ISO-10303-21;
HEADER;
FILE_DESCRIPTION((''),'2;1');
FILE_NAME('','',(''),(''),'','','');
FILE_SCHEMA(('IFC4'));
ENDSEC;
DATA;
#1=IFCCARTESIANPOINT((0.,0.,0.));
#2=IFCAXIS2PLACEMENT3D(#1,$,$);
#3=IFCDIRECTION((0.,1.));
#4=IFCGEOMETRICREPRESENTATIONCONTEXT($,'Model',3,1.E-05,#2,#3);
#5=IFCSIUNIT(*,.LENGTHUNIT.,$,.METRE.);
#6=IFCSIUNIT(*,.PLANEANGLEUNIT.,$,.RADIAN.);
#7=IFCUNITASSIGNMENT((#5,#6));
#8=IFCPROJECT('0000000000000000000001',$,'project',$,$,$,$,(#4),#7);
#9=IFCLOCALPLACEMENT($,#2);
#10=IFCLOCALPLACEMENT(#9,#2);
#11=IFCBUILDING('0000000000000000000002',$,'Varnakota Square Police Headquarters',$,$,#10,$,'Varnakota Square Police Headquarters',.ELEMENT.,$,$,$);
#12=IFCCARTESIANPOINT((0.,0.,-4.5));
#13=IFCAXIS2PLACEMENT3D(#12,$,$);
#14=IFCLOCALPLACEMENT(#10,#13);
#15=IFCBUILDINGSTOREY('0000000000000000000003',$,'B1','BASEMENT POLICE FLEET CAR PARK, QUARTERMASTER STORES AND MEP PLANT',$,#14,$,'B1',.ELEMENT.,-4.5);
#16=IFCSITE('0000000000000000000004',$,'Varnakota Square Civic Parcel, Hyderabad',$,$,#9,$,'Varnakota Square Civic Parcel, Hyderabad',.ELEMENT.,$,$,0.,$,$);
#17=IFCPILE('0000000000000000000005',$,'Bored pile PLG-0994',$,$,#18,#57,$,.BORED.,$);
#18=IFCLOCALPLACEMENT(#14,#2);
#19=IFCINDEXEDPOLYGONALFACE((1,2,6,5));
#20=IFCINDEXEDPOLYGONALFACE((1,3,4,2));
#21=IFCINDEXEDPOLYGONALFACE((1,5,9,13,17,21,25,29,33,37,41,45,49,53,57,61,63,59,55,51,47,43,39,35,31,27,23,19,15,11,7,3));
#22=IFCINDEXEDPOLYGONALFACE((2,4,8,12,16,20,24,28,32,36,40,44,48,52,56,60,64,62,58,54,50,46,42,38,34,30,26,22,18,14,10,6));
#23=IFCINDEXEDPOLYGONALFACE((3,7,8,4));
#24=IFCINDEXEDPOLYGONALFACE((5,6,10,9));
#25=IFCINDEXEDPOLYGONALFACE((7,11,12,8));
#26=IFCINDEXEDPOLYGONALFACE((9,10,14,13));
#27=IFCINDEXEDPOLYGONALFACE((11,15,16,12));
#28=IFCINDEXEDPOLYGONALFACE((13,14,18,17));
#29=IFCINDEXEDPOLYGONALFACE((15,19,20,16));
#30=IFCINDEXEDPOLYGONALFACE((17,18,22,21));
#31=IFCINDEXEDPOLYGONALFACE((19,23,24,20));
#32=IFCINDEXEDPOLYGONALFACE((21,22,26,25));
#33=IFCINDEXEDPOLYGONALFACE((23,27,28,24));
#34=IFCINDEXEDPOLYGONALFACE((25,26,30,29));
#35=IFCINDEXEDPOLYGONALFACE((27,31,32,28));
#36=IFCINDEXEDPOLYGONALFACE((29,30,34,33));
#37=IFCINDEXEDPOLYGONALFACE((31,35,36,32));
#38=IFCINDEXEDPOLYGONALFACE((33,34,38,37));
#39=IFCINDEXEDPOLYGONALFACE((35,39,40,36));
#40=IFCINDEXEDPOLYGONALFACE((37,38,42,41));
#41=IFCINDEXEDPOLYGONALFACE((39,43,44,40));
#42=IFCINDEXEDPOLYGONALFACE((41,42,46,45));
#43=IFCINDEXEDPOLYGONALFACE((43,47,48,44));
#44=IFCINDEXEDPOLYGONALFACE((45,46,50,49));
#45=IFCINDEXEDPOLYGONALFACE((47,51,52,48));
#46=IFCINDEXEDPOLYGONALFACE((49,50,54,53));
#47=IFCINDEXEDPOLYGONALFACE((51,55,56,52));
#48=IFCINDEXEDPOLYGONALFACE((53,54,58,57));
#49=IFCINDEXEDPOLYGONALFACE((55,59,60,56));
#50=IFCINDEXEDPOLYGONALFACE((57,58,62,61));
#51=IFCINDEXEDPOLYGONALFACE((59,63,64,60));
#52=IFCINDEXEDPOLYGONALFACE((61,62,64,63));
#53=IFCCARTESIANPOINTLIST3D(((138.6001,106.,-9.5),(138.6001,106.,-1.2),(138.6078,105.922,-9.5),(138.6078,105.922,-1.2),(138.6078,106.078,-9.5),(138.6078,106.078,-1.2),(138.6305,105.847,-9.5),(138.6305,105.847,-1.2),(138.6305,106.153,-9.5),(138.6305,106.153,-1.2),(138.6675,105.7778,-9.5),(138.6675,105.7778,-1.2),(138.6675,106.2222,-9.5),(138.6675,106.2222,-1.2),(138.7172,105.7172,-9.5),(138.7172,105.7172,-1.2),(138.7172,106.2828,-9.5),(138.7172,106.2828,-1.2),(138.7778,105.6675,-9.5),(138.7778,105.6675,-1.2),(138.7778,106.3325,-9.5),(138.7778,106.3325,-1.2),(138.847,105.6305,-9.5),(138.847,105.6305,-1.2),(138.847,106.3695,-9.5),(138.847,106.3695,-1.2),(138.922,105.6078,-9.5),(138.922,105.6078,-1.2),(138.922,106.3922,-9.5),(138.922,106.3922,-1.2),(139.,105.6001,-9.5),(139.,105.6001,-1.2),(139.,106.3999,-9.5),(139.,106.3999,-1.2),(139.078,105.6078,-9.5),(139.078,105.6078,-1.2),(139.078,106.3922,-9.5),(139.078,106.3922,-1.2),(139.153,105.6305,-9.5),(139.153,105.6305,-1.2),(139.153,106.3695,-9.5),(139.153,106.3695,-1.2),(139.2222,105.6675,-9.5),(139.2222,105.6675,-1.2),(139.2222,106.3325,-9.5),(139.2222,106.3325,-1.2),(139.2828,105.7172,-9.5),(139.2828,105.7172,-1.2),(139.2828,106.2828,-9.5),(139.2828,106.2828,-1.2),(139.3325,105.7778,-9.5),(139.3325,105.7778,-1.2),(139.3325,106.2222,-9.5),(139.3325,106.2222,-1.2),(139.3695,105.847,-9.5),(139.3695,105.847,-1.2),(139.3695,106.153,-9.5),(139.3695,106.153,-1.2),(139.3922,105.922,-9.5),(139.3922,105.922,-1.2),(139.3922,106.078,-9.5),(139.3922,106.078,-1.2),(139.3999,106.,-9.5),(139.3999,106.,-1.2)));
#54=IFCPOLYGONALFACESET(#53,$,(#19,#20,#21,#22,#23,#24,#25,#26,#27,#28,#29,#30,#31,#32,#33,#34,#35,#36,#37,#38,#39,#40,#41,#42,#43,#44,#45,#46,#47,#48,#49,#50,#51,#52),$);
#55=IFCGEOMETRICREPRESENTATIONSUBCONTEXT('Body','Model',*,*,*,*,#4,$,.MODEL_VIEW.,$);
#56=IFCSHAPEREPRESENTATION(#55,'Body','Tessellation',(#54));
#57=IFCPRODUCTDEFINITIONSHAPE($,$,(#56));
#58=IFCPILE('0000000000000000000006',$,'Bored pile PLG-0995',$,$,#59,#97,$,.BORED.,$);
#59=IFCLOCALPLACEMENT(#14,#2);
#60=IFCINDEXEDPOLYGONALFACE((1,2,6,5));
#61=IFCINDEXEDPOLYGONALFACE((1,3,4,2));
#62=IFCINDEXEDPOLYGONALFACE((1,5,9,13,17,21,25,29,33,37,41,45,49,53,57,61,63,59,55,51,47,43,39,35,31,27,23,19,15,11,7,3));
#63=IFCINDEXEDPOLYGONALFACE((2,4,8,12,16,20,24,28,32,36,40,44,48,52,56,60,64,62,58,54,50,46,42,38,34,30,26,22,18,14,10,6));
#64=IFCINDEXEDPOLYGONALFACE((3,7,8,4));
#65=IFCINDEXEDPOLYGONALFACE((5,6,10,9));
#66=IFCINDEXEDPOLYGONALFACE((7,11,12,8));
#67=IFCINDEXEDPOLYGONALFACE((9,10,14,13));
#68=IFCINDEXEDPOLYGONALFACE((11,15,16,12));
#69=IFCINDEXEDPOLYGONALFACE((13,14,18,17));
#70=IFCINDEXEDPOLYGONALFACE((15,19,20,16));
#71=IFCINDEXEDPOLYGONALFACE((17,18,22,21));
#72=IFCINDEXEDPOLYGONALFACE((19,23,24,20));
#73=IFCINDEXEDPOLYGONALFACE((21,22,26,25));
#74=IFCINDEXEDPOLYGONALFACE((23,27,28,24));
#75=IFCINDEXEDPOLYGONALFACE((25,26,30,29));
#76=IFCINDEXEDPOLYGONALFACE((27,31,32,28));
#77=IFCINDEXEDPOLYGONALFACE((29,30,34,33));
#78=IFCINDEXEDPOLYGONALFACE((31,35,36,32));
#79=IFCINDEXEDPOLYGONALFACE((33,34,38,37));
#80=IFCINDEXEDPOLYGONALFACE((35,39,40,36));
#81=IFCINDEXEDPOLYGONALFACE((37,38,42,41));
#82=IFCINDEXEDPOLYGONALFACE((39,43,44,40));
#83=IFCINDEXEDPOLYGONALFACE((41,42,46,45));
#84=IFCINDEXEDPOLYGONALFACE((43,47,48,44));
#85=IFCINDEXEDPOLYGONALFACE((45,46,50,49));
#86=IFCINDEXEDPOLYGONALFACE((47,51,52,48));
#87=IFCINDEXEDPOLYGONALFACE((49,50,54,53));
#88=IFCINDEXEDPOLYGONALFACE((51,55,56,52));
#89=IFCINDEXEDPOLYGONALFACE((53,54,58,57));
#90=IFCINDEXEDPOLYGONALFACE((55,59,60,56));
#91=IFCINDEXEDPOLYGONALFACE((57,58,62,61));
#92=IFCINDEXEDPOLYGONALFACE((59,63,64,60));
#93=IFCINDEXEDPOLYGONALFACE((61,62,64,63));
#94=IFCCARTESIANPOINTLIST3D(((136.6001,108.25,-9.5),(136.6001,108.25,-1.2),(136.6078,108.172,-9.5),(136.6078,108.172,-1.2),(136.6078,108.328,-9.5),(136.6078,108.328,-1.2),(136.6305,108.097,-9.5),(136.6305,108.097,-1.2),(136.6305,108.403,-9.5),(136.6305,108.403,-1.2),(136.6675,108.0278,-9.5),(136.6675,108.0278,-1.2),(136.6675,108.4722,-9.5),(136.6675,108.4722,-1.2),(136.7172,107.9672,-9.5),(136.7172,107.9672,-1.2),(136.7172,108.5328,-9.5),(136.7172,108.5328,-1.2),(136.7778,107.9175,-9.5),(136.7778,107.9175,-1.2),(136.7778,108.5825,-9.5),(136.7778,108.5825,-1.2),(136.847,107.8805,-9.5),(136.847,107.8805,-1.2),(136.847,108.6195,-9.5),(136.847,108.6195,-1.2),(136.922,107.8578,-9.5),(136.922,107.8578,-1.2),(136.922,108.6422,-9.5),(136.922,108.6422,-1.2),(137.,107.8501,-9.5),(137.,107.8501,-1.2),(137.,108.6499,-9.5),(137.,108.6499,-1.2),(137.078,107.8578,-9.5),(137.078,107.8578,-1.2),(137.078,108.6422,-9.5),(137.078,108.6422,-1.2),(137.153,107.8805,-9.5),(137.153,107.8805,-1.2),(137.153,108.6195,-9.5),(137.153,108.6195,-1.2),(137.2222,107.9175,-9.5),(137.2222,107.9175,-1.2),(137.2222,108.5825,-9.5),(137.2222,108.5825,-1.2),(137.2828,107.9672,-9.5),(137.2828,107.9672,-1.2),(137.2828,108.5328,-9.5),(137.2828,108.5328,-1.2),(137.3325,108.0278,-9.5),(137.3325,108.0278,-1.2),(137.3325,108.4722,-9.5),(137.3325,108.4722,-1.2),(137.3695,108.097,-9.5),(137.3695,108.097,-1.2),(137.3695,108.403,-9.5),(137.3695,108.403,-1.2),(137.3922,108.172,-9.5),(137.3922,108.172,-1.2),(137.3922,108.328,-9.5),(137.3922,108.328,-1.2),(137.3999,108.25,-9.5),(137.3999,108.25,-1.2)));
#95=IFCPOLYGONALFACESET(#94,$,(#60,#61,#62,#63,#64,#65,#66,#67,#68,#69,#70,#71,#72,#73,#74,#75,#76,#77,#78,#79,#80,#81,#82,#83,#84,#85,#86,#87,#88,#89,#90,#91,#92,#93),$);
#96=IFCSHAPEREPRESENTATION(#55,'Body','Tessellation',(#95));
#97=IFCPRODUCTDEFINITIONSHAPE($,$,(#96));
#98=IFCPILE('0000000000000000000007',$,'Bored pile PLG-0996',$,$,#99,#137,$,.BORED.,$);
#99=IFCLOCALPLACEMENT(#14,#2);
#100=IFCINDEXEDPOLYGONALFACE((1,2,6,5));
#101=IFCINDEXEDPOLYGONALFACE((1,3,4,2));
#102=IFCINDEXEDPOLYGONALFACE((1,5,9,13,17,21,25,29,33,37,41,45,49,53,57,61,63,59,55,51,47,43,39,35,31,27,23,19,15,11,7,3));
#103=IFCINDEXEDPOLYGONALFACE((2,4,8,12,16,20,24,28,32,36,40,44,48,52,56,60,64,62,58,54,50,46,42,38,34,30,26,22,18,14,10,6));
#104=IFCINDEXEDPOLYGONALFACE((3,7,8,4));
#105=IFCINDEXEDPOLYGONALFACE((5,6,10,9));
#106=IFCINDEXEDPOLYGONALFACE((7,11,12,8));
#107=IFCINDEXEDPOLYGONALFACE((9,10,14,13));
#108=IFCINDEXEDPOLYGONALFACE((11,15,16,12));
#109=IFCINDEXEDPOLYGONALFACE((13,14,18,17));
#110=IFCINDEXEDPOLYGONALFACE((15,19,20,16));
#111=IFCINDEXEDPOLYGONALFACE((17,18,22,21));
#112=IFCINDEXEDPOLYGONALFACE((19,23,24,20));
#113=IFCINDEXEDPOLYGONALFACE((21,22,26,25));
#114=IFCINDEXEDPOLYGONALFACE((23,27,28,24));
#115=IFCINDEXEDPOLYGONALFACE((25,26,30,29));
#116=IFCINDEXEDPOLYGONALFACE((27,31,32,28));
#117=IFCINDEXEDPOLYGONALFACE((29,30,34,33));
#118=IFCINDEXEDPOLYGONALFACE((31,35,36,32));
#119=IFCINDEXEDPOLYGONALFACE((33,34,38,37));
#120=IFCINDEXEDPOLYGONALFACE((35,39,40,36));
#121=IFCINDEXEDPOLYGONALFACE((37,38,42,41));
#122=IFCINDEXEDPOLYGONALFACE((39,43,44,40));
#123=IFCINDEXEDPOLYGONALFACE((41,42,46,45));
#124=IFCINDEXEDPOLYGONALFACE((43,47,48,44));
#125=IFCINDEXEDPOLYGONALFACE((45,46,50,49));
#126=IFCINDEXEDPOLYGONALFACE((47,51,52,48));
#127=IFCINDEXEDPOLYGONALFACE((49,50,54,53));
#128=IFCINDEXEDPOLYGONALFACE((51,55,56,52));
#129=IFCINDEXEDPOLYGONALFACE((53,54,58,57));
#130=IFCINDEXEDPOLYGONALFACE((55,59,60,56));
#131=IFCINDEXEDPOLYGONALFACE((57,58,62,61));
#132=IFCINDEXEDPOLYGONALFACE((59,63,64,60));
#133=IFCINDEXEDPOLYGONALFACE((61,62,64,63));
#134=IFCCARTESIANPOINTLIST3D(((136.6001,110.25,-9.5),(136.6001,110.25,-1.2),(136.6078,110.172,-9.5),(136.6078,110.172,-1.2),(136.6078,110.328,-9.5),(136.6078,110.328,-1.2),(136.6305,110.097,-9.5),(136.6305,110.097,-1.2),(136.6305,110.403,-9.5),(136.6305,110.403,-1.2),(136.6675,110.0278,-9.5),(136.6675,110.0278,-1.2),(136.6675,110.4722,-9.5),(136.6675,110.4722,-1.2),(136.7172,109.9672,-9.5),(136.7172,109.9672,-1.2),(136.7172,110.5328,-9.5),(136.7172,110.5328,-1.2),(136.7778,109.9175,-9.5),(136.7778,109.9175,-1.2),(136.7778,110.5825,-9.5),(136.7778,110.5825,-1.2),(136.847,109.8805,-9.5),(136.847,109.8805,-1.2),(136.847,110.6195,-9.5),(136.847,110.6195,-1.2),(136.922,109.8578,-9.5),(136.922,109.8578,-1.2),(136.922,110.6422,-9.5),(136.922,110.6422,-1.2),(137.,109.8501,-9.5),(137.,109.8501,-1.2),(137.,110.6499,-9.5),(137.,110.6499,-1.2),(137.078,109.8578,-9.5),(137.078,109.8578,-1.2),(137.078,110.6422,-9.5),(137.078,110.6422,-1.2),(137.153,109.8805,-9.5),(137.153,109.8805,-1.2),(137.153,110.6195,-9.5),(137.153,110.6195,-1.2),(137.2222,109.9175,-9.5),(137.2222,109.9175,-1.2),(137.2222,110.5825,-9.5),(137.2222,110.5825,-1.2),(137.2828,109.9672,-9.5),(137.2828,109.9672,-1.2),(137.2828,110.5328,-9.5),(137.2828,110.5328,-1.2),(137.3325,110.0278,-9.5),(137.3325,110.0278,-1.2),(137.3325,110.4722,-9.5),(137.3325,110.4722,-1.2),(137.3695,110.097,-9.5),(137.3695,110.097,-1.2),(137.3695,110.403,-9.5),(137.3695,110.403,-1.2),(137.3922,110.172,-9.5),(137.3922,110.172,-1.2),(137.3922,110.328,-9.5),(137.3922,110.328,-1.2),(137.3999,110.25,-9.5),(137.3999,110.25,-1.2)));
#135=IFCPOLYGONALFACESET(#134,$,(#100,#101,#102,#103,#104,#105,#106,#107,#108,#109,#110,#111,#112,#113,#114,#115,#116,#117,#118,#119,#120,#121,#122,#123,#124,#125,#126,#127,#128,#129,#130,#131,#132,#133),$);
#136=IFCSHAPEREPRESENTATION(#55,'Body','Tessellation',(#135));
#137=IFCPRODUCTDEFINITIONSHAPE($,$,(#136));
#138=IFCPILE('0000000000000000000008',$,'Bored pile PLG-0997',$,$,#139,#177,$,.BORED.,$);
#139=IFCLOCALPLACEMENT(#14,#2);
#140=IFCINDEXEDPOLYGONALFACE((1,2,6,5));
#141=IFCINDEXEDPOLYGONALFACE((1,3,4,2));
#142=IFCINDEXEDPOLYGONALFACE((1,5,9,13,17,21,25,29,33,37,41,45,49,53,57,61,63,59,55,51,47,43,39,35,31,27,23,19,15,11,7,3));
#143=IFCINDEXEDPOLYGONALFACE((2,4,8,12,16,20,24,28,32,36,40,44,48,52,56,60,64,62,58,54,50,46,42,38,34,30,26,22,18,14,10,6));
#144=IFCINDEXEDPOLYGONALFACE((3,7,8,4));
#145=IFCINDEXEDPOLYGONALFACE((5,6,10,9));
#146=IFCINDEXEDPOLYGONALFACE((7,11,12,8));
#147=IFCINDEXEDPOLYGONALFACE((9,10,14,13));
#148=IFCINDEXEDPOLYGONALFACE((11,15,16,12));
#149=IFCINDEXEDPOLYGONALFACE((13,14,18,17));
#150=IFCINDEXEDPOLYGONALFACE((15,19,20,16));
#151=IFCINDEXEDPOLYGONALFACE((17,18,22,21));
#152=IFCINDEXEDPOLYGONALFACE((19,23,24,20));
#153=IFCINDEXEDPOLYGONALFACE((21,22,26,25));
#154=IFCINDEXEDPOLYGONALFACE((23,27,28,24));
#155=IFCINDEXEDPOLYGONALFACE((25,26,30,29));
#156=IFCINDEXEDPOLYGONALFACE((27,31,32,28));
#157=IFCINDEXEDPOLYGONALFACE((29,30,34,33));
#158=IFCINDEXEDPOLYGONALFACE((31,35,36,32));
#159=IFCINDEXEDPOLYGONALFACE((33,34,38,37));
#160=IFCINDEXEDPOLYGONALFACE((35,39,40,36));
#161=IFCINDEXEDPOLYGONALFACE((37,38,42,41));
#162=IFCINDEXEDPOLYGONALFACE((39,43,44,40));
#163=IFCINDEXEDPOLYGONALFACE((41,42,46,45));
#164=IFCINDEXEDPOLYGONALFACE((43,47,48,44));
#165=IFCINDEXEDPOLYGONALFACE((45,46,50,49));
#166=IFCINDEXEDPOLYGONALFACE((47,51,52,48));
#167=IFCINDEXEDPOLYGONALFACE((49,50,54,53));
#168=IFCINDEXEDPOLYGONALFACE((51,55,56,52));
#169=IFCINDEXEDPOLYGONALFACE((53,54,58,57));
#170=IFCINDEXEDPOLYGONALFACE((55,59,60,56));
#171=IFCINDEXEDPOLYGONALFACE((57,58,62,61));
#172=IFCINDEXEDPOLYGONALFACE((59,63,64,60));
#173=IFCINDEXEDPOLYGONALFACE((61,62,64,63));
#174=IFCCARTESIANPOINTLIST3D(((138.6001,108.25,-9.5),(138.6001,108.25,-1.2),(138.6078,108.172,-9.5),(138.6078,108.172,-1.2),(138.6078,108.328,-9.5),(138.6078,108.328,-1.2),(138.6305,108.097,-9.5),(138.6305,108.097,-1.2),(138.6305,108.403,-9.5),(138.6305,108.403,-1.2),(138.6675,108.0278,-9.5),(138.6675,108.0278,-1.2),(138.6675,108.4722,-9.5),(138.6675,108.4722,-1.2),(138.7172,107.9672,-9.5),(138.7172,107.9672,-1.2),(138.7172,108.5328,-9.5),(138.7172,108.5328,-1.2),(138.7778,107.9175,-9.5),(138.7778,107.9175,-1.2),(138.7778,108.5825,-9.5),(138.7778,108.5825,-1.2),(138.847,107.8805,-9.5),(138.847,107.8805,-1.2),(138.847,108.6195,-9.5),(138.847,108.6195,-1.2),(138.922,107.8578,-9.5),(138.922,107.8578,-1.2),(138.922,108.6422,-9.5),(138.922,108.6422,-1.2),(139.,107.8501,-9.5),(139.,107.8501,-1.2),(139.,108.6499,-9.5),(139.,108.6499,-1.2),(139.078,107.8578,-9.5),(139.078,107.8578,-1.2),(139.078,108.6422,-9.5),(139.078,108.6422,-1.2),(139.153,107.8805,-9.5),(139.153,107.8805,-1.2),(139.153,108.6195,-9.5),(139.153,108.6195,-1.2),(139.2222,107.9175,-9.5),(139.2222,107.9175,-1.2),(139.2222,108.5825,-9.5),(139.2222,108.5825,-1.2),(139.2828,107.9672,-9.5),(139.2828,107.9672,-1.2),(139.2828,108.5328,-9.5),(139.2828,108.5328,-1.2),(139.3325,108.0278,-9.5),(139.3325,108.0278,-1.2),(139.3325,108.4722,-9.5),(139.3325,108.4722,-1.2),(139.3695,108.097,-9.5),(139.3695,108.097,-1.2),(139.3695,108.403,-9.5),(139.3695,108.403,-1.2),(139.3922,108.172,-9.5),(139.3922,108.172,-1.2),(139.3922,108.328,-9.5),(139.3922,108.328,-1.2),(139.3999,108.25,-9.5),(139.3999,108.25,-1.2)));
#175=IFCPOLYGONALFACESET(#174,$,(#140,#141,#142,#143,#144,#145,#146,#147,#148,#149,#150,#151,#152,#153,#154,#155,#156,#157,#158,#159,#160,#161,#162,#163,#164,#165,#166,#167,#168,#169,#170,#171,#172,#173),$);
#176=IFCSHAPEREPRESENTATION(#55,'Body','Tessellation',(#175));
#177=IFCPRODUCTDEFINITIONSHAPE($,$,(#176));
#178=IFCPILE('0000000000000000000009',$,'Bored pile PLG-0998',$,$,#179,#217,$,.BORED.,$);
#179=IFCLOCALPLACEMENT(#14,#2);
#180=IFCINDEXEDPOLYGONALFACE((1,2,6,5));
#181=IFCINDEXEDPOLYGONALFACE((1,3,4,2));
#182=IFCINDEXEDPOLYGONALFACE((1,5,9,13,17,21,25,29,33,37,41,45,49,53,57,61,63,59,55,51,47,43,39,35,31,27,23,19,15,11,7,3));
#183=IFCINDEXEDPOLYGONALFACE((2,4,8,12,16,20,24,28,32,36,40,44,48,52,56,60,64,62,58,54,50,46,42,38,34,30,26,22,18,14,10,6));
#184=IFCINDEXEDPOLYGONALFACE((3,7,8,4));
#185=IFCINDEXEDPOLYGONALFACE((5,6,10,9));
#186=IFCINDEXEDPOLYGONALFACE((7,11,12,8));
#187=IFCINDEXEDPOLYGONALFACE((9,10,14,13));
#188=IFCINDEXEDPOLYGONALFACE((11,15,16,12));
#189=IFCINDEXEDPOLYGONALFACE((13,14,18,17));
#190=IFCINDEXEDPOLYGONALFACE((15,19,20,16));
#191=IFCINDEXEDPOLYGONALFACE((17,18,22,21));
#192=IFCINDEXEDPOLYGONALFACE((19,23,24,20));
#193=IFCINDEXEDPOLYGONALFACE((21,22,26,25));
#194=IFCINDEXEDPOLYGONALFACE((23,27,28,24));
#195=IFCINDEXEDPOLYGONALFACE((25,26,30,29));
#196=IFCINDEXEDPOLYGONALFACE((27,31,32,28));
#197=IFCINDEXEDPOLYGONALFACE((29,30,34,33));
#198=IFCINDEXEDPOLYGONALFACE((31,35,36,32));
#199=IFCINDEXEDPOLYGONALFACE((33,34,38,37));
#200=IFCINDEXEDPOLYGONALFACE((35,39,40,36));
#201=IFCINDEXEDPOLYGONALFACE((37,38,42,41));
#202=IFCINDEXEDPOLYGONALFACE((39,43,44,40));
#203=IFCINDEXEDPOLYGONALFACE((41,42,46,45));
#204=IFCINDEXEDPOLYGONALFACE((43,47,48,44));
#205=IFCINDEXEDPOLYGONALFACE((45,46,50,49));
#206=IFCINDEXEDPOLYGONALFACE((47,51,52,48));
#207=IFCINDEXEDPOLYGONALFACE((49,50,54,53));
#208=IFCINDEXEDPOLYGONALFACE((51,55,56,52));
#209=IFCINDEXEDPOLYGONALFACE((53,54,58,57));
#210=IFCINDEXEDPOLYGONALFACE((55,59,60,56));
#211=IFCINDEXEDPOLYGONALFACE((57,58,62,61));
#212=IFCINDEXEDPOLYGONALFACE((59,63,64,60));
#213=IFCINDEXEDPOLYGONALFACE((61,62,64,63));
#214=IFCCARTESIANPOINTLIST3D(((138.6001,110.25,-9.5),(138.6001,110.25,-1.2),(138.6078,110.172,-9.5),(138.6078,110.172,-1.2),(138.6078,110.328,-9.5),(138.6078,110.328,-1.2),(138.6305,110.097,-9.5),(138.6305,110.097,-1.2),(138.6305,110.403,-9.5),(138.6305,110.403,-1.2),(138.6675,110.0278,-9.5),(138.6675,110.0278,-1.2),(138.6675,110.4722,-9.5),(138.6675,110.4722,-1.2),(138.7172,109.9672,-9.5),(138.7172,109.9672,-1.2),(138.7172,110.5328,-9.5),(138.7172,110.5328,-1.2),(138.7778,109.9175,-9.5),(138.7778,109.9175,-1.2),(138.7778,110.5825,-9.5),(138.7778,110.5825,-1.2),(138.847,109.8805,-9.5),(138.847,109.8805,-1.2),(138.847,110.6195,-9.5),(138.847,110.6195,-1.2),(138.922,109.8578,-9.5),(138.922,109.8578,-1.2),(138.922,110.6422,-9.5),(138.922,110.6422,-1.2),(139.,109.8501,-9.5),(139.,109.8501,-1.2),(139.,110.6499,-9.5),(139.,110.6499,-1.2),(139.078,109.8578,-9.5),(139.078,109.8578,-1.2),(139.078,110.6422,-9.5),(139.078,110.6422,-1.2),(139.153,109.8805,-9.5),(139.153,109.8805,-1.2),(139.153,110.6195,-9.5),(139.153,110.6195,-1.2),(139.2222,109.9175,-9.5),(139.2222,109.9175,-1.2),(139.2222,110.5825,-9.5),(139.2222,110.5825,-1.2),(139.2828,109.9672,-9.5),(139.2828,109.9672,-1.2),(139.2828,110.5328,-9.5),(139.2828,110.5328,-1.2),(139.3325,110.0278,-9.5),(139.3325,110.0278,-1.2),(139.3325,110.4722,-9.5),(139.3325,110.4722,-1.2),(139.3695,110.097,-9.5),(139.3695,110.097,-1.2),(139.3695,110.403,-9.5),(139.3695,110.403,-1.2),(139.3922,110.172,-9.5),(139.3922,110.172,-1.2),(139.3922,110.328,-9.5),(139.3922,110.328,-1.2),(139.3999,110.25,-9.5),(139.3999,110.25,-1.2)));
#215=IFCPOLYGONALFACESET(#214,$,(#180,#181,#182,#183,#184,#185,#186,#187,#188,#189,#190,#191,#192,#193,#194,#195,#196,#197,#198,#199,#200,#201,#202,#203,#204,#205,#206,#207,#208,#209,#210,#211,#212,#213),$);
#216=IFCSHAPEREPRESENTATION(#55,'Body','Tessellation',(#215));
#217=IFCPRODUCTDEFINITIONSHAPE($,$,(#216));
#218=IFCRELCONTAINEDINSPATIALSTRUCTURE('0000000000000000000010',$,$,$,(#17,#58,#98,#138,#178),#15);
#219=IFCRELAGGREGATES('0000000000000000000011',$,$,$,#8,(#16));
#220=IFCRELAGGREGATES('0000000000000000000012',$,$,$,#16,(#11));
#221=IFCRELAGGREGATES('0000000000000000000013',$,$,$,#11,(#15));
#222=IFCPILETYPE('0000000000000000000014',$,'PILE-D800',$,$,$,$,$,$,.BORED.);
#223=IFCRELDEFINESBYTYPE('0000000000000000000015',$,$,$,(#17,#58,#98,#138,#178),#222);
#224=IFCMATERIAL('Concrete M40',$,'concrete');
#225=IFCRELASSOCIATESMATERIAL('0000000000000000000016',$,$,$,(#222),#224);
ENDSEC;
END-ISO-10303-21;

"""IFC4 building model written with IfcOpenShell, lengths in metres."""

from ifc_helpers import new_model, si_unit, direction, frame, origin, origin_2d, place, context, subcontext, project, spatial, circle, extrude, material, material_profile, profile_set, type_object, element, save


model = new_model("IFC4")

# Units and contexts
model_context = context("Model", 3, precision=1e-05, world=origin(), true_north=direction((0.0, 1.0)))
body_context = subcontext(model_context, "Body", "Model", "MODEL_VIEW")
ifc_project = project(units=[si_unit("LENGTHUNIT", "METRE"), si_unit("PLANEANGLEUNIT", "RADIAN")], contexts=[model_context])

# Site, building, storey
site_placement = place(None, origin())
site = spatial("IfcSite", under=ifc_project, at=site_placement, Name="Varnakota Square Civic Parcel, Hyderabad", LongName="Varnakota Square Civic Parcel, Hyderabad", CompositionType="ELEMENT", RefElevation=0.0)
building_placement = place(site_placement, origin())
building = spatial("IfcBuilding", under=site, at=building_placement, Name="Varnakota Square Police Headquarters", LongName="Varnakota Square Police Headquarters", CompositionType="ELEMENT")
storey_placement = place(building_placement, frame((0.0, 0.0, -4.5)))
storey = spatial("IfcBuildingStorey", under=building, at=storey_placement, Name="B1", Description="BASEMENT POLICE FLEET CAR PARK, QUARTERMASTER STORES AND MEP PLANT", LongName="B1", CompositionType="ELEMENT", Elevation=-4.5)

# Shared definitions
ifc_material_1 = material(Name="Concrete M40", Category="concrete")

# Piles
ifc_material_profile_1 = material_profile(ifc_material_1, circle(Radius=0.3999, at=origin_2d()), Name="BORED PILE 800")
ifc_profile_set_1 = profile_set([ifc_material_profile_1], Name="Concrete M40")
pile_type = type_object("IfcPileType", Name="PILE-D800", PredefinedType="BORED", material=ifc_profile_set_1)
for number, where, z_axis, x_axis, name in (
    (1, (139.0, 106.0, -1.2), (0.0, 0.0, -1.0), (1.0, 0.0, 0.0), "Bored pile PLG-0994"),
    (2, (137.0, 108.25, -1.2), (0.0, 0.0, -1.0), (1.0, 0.0, 0.0), "Bored pile PLG-0995"),
    (3, (137.0, 110.25, -1.2), (0.0, 0.0, -1.0), (1.0, 0.0, 0.0), "Bored pile PLG-0996"),
    (4, (139.0, 108.25, -1.2), (0.0, 0.0, -1.0), (1.0, 0.0, 0.0), "Bored pile PLG-0997"),
    (5, (139.0, 110.25, -1.2), (0.0, 0.0, -1.0), (1.0, 0.0, 0.0), "Bored pile PLG-0998"),
):
    element("IfcPile", number, at=place(storey_placement, frame(where, z_axis=z_axis, x_axis=x_axis)), inside=storey, type_object=pile_type, Name=name, PredefinedType="BORED", context=body_context, shape_type="SweptSolid", body=[
        extrude(circle(Radius=0.3999, at=origin_2d()), origin(), (0.0, 0.0, 1.0), 8.3),
    ])

save(model, "model.ifc")
